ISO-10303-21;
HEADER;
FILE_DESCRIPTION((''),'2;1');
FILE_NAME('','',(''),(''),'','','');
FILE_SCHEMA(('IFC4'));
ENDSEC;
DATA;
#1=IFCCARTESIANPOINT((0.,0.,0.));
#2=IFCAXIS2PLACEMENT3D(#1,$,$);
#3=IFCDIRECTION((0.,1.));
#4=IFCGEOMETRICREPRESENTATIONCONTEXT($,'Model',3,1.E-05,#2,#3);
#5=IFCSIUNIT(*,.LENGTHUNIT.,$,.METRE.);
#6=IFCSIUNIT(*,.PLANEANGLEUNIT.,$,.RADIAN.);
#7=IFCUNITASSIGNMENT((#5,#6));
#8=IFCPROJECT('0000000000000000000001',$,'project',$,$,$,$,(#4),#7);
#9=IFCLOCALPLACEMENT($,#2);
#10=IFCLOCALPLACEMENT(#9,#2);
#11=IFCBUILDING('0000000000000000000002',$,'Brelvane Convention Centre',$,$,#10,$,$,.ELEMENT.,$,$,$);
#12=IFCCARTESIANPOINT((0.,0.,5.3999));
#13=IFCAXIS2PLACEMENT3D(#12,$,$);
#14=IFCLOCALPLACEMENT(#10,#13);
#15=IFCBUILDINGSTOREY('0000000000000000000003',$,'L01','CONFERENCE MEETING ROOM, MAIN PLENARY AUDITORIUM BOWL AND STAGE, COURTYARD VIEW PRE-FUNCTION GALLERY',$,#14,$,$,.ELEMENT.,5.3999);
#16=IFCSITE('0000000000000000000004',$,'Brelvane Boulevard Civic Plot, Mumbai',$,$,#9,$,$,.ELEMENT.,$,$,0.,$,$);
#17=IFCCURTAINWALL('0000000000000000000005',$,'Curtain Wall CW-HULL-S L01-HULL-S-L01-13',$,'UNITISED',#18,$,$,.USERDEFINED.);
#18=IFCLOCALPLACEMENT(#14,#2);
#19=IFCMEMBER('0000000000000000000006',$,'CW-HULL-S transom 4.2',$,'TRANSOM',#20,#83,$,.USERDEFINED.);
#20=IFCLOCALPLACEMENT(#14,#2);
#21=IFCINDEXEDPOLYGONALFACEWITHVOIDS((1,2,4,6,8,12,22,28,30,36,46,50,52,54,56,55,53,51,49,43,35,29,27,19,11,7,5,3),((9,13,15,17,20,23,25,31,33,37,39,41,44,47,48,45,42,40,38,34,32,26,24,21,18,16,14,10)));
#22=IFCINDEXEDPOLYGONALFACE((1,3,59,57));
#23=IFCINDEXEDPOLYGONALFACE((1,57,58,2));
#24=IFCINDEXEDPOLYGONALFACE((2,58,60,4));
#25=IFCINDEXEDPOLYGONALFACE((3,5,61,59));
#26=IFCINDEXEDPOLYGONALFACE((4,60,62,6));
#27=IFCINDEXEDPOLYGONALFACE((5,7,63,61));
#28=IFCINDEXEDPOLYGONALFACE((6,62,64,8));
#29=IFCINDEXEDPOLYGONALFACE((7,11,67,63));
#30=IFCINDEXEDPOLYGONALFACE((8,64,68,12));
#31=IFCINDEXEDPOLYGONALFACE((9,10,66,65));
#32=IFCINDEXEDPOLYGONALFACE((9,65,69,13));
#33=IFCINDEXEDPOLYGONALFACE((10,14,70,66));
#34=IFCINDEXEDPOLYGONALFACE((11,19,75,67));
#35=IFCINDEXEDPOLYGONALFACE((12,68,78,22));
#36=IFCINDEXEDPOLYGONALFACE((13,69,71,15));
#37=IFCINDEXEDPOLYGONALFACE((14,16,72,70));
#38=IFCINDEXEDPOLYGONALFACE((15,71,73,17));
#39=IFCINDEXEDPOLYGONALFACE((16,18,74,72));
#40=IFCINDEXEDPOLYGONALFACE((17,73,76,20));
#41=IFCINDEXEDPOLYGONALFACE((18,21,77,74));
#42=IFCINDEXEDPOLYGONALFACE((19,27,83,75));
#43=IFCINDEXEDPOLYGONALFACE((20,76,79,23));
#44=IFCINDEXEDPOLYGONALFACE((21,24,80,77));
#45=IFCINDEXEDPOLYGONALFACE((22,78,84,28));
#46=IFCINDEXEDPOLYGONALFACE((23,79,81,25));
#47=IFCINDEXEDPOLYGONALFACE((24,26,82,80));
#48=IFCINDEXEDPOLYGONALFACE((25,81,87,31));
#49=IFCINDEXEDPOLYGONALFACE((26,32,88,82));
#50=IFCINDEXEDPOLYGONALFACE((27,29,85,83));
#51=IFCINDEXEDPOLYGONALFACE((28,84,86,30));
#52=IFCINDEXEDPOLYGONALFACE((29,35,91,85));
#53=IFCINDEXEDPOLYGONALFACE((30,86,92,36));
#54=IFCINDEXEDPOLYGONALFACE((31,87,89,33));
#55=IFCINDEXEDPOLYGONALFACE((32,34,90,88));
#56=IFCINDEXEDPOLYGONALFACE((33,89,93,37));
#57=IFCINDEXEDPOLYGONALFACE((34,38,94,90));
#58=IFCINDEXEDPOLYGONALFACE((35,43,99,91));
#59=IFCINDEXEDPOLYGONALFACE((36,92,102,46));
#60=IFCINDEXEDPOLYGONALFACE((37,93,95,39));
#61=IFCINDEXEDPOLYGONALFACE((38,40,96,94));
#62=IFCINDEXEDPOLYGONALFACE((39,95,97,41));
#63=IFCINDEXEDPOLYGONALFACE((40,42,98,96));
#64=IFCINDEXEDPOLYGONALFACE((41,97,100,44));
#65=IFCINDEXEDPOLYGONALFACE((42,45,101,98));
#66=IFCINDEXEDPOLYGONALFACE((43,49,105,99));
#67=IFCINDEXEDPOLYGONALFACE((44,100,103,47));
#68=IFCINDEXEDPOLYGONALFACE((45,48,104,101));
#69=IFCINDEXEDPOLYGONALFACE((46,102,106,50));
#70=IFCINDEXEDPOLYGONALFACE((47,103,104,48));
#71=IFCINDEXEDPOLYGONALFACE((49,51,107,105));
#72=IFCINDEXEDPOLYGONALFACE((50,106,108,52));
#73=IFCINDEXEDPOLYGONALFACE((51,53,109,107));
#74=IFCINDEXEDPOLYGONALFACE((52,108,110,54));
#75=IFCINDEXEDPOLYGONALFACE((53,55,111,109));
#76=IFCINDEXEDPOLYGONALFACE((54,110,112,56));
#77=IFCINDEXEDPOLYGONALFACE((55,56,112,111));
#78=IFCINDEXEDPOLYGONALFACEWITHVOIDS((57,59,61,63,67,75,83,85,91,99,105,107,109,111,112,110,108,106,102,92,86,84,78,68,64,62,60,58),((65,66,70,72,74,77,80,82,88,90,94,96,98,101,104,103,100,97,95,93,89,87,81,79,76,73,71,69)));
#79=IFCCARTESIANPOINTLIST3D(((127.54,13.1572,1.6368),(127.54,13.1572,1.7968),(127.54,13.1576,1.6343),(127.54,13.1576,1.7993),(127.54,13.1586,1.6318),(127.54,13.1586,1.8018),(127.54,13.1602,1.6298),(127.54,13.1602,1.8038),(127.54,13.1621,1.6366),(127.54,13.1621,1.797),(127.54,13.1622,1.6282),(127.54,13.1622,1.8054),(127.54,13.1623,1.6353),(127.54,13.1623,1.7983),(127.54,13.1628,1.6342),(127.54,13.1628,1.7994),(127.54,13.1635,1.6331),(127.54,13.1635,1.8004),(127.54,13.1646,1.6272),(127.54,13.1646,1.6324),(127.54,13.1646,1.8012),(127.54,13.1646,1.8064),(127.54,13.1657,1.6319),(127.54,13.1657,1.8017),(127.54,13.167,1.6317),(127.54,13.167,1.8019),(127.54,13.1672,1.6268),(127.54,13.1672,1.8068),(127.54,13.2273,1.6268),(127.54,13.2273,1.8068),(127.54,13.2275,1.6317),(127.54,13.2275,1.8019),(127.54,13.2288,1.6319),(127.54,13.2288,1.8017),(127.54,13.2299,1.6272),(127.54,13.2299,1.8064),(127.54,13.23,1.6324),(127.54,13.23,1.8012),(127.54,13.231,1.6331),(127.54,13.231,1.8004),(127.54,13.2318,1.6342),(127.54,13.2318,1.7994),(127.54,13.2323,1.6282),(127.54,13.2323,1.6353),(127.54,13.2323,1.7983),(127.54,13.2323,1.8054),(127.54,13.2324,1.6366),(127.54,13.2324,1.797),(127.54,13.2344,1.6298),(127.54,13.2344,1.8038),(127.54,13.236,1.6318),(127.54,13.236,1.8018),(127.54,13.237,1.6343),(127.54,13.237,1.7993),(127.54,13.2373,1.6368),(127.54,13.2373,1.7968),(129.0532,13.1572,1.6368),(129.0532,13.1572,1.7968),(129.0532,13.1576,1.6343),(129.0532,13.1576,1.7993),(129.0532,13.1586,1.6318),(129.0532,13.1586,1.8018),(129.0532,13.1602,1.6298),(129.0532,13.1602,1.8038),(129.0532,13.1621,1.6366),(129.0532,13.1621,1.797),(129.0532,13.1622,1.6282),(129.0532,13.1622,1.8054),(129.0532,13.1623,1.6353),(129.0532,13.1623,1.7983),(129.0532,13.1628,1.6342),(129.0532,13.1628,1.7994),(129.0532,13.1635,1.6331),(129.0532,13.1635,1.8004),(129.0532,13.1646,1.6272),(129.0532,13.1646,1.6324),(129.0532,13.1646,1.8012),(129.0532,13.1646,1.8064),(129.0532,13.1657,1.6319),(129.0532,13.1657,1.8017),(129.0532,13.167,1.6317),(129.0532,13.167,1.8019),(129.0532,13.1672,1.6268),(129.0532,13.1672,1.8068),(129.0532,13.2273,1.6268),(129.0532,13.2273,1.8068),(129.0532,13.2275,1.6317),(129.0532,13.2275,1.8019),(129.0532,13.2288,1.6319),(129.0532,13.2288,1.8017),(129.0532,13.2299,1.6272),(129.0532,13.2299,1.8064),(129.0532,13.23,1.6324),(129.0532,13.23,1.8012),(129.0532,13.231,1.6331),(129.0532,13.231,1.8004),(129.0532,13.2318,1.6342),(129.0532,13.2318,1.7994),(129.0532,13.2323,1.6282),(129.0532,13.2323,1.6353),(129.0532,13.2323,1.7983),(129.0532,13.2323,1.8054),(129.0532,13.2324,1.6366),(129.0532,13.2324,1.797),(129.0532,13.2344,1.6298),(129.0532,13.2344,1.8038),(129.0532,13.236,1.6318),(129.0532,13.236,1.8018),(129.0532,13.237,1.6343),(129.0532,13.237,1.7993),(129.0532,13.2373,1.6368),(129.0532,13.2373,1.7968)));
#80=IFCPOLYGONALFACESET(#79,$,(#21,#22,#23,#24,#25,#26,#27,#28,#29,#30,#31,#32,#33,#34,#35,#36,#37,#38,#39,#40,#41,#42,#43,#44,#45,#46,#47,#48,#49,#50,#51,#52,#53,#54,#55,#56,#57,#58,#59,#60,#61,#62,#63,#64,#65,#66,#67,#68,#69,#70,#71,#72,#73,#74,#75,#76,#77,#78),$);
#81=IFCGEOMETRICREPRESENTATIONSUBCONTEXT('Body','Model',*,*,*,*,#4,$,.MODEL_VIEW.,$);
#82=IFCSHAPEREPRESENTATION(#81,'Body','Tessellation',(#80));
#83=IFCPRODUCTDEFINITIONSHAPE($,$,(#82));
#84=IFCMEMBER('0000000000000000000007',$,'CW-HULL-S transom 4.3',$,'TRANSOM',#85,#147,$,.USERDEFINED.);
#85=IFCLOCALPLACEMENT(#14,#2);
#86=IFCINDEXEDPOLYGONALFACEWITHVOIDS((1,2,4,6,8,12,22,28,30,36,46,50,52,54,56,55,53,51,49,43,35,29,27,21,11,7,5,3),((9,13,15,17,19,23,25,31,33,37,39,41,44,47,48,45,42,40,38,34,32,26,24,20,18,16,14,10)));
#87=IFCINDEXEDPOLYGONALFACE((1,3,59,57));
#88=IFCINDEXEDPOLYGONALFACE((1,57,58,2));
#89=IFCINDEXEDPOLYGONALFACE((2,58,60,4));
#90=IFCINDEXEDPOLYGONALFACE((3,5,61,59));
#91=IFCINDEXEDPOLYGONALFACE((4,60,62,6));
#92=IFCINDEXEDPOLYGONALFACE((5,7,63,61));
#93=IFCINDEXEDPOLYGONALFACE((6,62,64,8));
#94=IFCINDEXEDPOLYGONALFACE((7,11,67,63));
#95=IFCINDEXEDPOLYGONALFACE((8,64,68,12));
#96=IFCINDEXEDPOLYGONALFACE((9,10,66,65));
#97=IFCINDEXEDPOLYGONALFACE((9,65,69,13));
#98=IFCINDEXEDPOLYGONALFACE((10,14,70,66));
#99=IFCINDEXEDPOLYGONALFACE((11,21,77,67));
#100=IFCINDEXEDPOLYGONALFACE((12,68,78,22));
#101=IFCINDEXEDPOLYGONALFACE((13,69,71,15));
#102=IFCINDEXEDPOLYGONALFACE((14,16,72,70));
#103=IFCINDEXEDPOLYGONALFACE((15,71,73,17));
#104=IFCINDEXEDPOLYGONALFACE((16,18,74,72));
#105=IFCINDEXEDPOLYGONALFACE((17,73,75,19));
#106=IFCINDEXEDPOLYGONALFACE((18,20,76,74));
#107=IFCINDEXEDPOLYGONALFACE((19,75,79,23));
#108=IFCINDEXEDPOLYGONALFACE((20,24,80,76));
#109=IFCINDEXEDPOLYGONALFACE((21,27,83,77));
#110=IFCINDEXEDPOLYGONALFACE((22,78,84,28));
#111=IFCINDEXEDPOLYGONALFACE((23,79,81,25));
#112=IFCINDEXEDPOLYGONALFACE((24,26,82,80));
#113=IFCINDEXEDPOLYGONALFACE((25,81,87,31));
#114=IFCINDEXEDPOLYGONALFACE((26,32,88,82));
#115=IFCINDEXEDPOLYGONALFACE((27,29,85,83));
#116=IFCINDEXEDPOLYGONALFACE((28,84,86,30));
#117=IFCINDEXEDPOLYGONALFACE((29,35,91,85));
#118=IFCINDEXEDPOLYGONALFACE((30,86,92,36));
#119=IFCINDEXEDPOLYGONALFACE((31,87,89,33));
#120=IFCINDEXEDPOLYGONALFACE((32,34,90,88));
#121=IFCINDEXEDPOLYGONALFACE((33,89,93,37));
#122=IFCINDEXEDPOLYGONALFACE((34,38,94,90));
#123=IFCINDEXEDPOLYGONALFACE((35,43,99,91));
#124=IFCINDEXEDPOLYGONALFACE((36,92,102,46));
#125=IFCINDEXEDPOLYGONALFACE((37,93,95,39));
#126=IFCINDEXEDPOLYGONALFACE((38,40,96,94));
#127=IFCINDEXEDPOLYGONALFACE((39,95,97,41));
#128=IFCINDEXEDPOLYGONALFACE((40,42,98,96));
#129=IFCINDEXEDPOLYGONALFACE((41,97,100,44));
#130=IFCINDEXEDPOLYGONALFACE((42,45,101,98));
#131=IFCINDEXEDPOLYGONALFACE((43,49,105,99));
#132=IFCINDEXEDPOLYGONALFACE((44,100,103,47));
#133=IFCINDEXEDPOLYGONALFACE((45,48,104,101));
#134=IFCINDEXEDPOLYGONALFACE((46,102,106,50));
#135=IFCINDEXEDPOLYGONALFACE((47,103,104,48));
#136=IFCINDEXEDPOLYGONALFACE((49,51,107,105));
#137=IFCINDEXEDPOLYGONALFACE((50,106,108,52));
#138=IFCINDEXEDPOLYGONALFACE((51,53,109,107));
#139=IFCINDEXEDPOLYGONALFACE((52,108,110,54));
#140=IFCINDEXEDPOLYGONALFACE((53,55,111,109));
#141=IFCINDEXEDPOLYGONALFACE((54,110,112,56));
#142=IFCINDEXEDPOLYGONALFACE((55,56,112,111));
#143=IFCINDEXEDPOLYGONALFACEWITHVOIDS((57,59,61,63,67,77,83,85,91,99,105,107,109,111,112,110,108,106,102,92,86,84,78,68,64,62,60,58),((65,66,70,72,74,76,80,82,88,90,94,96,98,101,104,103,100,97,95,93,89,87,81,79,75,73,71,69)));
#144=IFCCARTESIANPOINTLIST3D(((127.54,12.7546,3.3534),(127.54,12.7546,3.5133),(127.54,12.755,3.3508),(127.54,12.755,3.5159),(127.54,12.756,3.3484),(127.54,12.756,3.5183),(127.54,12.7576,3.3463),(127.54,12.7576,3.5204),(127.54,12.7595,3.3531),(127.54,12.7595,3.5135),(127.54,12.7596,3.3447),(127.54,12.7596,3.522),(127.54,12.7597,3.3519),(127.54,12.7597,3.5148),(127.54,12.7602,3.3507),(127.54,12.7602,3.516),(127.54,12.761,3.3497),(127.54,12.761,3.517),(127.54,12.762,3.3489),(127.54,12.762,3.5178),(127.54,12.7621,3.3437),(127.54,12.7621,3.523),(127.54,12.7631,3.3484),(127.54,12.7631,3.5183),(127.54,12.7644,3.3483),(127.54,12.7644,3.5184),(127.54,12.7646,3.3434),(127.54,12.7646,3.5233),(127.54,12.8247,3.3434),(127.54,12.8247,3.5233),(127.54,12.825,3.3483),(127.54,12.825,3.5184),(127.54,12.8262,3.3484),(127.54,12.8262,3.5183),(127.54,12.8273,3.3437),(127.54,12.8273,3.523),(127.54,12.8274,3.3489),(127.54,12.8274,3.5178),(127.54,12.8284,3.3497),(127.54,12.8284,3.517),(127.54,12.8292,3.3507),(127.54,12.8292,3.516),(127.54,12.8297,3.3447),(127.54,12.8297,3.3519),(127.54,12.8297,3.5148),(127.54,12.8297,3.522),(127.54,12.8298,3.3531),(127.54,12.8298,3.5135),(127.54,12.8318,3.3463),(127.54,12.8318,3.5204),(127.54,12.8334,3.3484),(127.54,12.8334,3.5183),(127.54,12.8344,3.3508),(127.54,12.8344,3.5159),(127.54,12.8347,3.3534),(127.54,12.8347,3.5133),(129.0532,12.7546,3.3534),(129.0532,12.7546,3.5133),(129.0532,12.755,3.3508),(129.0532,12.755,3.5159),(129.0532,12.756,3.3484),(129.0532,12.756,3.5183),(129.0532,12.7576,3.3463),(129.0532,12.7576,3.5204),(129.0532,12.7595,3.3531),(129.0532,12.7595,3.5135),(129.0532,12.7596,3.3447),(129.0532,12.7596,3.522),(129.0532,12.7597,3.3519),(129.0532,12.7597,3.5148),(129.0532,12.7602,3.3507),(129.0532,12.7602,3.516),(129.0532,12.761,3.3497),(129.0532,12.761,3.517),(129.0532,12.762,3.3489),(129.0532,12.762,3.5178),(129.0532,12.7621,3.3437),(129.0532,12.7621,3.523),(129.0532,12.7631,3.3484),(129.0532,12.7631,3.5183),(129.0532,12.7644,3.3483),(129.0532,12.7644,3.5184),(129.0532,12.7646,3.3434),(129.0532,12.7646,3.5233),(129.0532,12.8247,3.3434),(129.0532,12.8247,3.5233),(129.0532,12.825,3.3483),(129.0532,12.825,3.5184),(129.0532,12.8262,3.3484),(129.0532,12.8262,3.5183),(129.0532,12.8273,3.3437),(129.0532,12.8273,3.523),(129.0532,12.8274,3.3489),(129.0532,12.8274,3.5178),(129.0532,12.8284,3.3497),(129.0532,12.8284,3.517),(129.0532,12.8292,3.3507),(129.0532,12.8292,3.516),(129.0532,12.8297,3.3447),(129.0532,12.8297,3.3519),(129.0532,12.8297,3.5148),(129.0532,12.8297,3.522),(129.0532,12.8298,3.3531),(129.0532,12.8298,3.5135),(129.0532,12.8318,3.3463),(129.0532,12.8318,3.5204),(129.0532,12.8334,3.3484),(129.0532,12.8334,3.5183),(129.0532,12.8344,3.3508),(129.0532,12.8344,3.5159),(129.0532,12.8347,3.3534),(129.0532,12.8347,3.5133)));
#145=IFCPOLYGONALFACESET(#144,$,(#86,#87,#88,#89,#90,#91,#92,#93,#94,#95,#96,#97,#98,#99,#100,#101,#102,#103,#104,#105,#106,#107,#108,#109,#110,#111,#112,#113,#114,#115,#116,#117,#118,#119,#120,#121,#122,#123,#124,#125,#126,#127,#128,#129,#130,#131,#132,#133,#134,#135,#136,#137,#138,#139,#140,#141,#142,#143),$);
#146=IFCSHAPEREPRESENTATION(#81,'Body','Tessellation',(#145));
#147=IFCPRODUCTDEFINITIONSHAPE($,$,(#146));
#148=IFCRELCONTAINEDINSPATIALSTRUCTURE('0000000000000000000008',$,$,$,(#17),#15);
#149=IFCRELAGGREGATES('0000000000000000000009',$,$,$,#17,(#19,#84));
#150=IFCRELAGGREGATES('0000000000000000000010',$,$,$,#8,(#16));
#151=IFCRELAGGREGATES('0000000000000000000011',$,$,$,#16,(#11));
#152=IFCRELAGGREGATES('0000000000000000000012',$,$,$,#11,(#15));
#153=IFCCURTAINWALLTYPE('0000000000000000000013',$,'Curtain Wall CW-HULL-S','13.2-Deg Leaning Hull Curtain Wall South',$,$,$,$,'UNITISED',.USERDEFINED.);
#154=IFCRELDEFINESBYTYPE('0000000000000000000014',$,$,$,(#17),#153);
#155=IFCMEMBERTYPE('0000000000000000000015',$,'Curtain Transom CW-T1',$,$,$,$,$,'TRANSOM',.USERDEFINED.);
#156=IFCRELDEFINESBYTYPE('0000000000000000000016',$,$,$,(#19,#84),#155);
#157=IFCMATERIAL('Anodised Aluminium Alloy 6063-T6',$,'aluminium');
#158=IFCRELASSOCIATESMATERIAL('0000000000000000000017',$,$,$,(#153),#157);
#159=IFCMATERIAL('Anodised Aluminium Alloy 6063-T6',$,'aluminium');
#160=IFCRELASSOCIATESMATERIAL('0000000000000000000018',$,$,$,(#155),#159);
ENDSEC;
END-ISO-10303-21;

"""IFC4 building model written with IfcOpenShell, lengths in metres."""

from ifc_helpers import new_model, si_unit, direction, frame, origin, origin_2d, place, context, subcontext, project, spatial, hollow_rectangle, extrude, material, material_profile, profile_set, type_object, element, aggregate, save


model = new_model("IFC4")

# Units and contexts
model_context = context("Model", 3, precision=1e-05, world=origin(), true_north=direction((0.0, 1.0)))
body_context = subcontext(model_context, "Body", "Model", "MODEL_VIEW")
ifc_project = project(units=[si_unit("LENGTHUNIT", "METRE"), si_unit("PLANEANGLEUNIT", "RADIAN")], contexts=[model_context])

# Site, building, storey
site_placement = place(None, origin())
site = spatial("IfcSite", under=ifc_project, at=site_placement, Name="Brelvane Boulevard Civic Plot, Mumbai", CompositionType="ELEMENT", RefElevation=0.0)
building_placement = place(site_placement, origin())
building = spatial("IfcBuilding", under=site, at=building_placement, Name="Brelvane Convention Centre", CompositionType="ELEMENT")
storey_placement = place(building_placement, frame((0.0, 0.0, 5.3999)))
storey = spatial("IfcBuildingStorey", under=building, at=storey_placement, Name="L01", Description="CONFERENCE MEETING ROOM, MAIN PLENARY AUDITORIUM BOWL AND STAGE, COURTYARD VIEW PRE-FUNCTION GALLERY", CompositionType="ELEMENT", Elevation=5.3999)

# Curtain wall, members
ifc_material_1 = material(Name="Anodised Aluminium Alloy 6063-T6", Category="aluminium")
curtain_wall_type = type_object("IfcCurtainWallType", Name="Curtain Wall CW-HULL-S", Description="13.2-Deg Leaning Hull Curtain Wall South", ElementType="UNITISED", PredefinedType="USERDEFINED", material=ifc_material_1)
ifc_material_2 = material(Name="Anodised Aluminium Alloy 6063-T6", Category="aluminium")
ifc_material_profile = material_profile(ifc_material_2, hollow_rectangle(XDim=0.0801, YDim=0.1799, WallThickness=0.0049, InnerFilletRadius=0.0049, OuterFilletRadius=0.01, at=origin_2d()), Name="ALU-T 180x80x5.0")
ifc_profile_set = profile_set([ifc_material_profile], Name="Anodised Aluminium Alloy 6063-T6")
member_type = type_object("IfcMemberType", Name="Curtain Transom CW-T1", ElementType="TRANSOM", PredefinedType="USERDEFINED", material=ifc_profile_set)
curtain_wall_1_placement = place(storey_placement, origin())
curtain_wall_1 = element("IfcCurtainWall", 1, at=curtain_wall_1_placement, inside=storey, type_object=curtain_wall_type, Name="Curtain Wall CW-HULL-S L01-HULL-S-L01-13", ObjectType="UNITISED", PredefinedType="USERDEFINED")
member_1_placement = place(storey_placement, frame((127.54, 13.1973, 1.7168), z_axis=(1.0, 0.0, 0.0), x_axis=(0.0, 1.0, 0.0)))
member_1 = element("IfcMember", 2, at=member_1_placement, type_object=member_type, Name="CW-HULL-S transom 4.2", ObjectType="TRANSOM", PredefinedType="USERDEFINED", context=body_context, shape_type="SweptSolid", body=[
    extrude(hollow_rectangle(XDim=0.0801, YDim=0.1799, WallThickness=0.0049, InnerFilletRadius=0.0049, OuterFilletRadius=0.01, at=origin_2d()), origin(), (0.0, 0.0, 1.0), 1.5132),
])
member_2_placement = place(storey_placement, frame((127.54, 12.7947, 3.4333), z_axis=(1.0, 0.0, 0.0), x_axis=(0.0, 1.0, 0.0)))
member_2 = element("IfcMember", 3, at=member_2_placement, type_object=member_type, Name="CW-HULL-S transom 4.3", ObjectType="TRANSOM", PredefinedType="USERDEFINED", context=body_context, shape_type="SweptSolid", body=[
    extrude(hollow_rectangle(XDim=0.0801, YDim=0.1799, WallThickness=0.0049, InnerFilletRadius=0.0049, OuterFilletRadius=0.01, at=origin_2d()), origin(), (0.0, 0.0, 1.0), 1.5132),
])

aggregate(curtain_wall_1, [member_1, member_2])

save(model, "model.ifc")
